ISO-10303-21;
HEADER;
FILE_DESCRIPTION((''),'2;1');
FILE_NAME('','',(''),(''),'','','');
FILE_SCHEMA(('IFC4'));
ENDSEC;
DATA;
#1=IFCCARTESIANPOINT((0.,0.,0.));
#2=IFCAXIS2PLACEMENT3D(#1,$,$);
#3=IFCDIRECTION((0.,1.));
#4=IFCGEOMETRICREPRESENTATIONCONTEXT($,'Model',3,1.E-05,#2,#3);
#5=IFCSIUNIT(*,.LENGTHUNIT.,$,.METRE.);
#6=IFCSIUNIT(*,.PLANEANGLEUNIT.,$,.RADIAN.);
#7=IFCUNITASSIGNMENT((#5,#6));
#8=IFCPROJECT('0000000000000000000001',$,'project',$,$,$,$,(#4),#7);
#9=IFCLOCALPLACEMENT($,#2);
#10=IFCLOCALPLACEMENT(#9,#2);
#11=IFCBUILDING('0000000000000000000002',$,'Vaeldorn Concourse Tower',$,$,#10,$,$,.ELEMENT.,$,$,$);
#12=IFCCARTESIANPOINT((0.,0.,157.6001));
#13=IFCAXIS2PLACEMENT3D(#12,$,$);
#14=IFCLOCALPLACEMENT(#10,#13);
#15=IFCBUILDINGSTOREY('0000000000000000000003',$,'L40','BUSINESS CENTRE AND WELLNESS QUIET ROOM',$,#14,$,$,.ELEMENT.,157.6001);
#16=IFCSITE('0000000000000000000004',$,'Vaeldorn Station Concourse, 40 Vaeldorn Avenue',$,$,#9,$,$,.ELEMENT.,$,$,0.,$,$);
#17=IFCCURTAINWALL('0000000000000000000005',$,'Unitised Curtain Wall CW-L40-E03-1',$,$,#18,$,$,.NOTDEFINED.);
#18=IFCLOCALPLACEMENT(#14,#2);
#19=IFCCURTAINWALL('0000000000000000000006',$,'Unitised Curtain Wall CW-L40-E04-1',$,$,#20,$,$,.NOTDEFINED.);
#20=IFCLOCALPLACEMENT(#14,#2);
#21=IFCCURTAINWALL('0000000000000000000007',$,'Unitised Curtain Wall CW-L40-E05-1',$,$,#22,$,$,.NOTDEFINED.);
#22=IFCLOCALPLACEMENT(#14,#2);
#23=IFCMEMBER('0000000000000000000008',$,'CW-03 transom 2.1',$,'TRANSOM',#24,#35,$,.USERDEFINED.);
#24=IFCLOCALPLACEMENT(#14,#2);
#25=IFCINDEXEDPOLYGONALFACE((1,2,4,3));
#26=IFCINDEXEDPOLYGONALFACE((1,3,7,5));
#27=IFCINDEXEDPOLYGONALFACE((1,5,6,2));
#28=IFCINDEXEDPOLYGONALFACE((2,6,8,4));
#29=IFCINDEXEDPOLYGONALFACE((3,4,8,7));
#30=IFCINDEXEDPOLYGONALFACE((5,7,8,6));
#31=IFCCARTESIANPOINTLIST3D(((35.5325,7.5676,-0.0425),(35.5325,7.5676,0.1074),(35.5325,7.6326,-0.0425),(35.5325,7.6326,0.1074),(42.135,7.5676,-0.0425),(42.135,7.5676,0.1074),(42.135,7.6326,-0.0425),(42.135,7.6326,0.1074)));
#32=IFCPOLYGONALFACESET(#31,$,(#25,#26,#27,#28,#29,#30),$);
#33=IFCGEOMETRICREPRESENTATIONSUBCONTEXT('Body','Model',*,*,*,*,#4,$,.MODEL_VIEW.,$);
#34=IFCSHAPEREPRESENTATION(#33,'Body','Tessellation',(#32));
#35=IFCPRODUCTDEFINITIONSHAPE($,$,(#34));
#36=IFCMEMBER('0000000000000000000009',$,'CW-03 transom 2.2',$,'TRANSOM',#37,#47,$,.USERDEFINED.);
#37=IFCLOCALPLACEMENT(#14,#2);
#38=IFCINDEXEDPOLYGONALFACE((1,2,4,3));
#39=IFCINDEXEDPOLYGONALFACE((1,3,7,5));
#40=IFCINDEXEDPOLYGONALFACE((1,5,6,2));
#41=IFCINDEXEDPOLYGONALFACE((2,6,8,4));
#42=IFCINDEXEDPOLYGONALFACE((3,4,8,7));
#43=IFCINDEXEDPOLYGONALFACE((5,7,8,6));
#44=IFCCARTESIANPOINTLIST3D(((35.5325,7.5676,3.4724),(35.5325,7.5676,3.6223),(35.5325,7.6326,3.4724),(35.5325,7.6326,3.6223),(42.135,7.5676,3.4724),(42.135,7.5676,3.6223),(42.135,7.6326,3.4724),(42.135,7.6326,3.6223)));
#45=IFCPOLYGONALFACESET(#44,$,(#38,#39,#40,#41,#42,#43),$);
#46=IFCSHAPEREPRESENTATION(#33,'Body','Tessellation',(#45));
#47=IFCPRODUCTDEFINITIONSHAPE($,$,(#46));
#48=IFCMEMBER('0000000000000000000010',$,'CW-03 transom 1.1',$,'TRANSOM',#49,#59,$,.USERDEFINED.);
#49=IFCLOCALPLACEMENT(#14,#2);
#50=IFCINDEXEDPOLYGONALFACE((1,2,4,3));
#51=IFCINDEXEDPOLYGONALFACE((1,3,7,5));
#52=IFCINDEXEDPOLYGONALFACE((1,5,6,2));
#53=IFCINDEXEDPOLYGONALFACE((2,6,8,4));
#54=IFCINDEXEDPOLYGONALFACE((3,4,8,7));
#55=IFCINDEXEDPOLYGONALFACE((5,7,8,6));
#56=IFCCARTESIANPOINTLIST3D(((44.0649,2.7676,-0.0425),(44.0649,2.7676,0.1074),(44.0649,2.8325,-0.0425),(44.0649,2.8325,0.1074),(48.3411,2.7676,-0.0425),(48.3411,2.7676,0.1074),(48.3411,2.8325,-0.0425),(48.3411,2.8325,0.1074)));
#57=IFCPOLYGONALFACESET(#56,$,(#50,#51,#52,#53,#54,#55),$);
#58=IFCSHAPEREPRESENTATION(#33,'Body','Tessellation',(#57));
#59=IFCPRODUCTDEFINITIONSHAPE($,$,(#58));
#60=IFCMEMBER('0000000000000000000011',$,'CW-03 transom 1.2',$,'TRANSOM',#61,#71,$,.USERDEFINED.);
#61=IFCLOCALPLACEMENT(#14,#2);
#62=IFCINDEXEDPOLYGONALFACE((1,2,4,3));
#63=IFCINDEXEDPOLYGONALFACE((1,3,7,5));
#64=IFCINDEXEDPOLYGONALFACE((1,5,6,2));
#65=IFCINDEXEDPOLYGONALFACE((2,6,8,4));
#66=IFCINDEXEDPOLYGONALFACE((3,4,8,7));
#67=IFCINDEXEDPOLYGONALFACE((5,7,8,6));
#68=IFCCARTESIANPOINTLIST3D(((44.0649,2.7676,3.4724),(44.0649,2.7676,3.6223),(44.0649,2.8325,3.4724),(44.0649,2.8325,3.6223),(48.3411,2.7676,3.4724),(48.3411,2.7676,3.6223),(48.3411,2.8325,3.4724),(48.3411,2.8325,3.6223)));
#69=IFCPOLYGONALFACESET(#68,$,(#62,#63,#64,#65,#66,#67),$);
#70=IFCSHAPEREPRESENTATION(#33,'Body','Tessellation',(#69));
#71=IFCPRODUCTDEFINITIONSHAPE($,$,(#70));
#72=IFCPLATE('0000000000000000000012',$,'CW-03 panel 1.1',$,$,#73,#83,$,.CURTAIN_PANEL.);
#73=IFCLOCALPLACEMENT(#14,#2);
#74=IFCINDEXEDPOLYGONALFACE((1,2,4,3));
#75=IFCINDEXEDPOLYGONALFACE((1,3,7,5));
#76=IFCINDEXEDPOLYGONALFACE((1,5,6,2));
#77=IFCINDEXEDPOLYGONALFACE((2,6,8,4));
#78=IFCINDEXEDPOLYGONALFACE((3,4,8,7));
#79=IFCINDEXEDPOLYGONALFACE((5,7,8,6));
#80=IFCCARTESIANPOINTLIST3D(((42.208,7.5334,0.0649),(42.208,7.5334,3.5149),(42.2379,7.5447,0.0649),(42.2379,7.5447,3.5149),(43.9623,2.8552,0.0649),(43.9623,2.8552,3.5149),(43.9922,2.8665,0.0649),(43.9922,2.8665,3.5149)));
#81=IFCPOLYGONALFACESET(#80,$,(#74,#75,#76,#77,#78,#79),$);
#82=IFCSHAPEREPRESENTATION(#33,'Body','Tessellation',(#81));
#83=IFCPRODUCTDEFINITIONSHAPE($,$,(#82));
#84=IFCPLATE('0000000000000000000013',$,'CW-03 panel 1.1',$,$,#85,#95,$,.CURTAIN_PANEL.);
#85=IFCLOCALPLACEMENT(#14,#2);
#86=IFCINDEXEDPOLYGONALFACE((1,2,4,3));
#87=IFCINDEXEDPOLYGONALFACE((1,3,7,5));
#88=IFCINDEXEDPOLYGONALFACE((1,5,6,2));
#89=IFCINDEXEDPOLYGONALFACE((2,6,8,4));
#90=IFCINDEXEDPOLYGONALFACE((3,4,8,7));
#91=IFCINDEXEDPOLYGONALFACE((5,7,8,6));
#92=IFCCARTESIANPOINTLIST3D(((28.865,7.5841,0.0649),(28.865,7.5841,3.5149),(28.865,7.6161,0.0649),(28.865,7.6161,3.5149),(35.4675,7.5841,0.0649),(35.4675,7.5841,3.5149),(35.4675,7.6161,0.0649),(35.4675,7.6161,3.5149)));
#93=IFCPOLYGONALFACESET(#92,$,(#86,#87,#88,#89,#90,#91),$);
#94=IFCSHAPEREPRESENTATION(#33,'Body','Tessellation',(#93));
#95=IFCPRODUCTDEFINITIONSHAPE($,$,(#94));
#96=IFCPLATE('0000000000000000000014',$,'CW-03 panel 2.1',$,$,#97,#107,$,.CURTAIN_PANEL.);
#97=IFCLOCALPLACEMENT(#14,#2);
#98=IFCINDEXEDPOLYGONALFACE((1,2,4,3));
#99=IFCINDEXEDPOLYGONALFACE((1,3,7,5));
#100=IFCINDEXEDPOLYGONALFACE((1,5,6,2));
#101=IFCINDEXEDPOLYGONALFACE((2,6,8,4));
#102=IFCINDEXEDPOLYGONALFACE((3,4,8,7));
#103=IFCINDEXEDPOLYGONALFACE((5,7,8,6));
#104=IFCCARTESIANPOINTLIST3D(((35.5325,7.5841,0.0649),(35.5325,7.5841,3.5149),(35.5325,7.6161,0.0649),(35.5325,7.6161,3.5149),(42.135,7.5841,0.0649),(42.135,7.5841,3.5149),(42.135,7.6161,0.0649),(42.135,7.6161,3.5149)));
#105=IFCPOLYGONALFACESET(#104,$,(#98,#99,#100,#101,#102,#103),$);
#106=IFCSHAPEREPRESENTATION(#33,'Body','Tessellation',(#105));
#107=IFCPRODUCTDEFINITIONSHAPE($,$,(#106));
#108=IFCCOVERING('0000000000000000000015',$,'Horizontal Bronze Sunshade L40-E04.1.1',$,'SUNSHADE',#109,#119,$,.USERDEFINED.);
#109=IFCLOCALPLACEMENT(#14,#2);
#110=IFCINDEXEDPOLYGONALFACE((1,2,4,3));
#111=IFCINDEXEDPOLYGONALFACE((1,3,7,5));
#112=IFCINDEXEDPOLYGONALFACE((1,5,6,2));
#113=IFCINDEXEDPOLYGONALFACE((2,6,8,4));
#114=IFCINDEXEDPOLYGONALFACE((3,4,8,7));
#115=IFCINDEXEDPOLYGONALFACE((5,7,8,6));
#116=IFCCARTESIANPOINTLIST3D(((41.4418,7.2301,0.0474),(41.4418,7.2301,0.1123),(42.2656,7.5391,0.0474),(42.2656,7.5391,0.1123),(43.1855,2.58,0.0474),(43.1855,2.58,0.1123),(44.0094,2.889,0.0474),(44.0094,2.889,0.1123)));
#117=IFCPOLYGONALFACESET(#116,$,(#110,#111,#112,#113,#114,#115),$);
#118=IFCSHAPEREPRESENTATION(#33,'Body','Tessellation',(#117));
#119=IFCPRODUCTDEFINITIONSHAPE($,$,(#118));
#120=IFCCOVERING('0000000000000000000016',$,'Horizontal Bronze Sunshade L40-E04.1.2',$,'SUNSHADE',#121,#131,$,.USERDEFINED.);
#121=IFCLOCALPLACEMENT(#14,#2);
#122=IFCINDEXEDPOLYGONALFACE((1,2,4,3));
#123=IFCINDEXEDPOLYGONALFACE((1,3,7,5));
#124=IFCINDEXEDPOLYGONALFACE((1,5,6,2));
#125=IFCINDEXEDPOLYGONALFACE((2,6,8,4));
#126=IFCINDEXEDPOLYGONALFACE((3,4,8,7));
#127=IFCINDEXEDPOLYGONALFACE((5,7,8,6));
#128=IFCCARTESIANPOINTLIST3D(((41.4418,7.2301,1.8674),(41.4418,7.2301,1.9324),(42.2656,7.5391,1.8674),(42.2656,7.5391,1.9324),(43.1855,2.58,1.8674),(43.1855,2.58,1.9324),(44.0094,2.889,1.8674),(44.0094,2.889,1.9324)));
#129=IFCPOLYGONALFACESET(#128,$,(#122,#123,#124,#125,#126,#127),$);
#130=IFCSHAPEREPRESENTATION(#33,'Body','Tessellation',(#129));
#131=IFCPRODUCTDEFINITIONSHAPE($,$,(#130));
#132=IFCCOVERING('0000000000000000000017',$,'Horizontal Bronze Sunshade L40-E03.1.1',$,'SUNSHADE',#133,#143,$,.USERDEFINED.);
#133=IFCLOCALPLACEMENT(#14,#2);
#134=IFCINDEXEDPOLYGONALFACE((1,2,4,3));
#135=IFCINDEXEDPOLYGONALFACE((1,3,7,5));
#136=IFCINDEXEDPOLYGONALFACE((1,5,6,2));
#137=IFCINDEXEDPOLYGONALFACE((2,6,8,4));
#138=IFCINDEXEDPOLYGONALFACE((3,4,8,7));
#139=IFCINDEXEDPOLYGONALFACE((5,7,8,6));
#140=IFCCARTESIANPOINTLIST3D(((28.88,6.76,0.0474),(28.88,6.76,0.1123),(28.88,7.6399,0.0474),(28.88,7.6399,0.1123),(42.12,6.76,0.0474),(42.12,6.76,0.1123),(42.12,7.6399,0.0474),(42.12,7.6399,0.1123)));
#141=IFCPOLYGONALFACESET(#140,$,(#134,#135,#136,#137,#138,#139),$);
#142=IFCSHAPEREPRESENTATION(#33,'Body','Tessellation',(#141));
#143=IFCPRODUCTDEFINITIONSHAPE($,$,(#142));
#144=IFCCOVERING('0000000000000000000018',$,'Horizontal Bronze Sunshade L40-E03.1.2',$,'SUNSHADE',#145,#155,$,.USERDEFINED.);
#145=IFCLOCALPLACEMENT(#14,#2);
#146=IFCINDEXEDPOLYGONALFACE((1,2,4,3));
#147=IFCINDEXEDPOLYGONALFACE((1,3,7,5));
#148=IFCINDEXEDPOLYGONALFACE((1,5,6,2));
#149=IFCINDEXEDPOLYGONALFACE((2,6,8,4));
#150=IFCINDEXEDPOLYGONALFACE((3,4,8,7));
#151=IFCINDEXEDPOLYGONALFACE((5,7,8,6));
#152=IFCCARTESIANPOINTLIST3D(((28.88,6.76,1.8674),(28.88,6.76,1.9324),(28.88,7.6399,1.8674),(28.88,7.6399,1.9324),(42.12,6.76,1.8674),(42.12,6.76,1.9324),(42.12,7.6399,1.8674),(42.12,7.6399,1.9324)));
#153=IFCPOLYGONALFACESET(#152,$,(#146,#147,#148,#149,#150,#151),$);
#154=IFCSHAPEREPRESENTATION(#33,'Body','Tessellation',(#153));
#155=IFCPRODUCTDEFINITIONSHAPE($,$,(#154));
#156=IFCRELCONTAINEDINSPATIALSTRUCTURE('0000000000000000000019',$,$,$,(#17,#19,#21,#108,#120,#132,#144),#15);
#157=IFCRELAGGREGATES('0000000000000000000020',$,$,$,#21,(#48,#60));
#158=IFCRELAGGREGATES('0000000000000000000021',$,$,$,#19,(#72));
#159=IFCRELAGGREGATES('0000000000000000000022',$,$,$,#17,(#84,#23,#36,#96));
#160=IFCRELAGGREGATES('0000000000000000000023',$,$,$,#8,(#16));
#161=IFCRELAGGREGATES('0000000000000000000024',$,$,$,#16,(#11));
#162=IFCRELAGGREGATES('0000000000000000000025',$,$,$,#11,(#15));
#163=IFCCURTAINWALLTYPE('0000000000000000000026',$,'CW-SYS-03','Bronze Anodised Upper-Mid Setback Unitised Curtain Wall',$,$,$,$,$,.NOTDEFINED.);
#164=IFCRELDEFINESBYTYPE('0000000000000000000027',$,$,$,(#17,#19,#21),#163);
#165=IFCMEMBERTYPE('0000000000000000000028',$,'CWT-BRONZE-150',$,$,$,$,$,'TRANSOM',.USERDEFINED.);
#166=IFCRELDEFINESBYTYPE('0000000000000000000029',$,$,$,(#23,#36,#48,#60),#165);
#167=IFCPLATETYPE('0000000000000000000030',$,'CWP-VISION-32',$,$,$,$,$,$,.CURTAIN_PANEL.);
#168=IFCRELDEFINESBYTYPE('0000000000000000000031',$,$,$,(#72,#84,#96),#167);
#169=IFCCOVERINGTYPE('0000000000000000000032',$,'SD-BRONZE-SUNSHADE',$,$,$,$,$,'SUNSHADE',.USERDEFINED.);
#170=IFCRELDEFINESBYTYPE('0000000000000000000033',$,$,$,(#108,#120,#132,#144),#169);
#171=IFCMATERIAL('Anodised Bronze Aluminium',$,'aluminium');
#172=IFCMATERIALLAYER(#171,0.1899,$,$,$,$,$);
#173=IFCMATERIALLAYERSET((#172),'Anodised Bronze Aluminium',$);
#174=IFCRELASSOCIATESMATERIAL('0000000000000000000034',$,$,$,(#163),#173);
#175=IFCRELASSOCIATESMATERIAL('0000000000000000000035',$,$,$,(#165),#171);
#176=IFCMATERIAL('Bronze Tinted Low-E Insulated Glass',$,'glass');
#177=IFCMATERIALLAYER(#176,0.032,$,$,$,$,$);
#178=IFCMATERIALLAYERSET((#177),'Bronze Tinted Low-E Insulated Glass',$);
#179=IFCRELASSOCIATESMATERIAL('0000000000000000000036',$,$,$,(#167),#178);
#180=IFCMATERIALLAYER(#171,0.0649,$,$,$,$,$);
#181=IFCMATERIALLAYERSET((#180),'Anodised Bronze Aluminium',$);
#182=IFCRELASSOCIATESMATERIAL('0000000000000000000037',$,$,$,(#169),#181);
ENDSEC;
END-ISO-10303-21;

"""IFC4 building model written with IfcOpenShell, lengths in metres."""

from ifc_helpers import new_model, si_unit, direction, frame, origin, origin_2d, place, context, subcontext, project, spatial, rectangle, extrude, source, transform, mapped, material, layer, layer_set, material_profile, profile_set, type_object, element, aggregate, save


model = new_model("IFC4")

# Units and contexts
model_context = context("Model", 3, precision=1e-05, world=origin(), true_north=direction((0.0, 1.0)))
body_context = subcontext(model_context, "Body", "Model", "MODEL_VIEW")
ifc_project = project(units=[si_unit("LENGTHUNIT", "METRE"), si_unit("PLANEANGLEUNIT", "RADIAN")], contexts=[model_context])

# Site, building, storey
site_placement = place(None, origin())
site = spatial("IfcSite", under=ifc_project, at=site_placement, Name="Vaeldorn Station Concourse, 40 Vaeldorn Avenue", CompositionType="ELEMENT", RefElevation=0.0)
building_placement = place(site_placement, origin())
building = spatial("IfcBuilding", under=site, at=building_placement, Name="Vaeldorn Concourse Tower", CompositionType="ELEMENT")
storey_placement = place(building_placement, frame((0.0, 0.0, 157.6001)))
storey = spatial("IfcBuildingStorey", under=building, at=storey_placement, Name="L40", Description="BUSINESS CENTRE AND WELLNESS QUIET ROOM", CompositionType="ELEMENT", Elevation=157.6001)

# Curtain walls
ifc_material_1 = material(Name="Anodised Bronze Aluminium", Category="aluminium")
ifc_layer_1 = layer(ifc_material_1, 0.1899)
ifc_layer_set_1 = layer_set([ifc_layer_1], Name="Anodised Bronze Aluminium")
curtain_wall_type = type_object("IfcCurtainWallType", Name="CW-SYS-03", Description="Bronze Anodised Upper-Mid Setback Unitised Curtain Wall", PredefinedType="NOTDEFINED", material=ifc_layer_set_1)
curtain_wall_1_placement = place(storey_placement, origin())
curtain_wall_1 = element("IfcCurtainWall", 1, at=curtain_wall_1_placement, inside=storey, type_object=curtain_wall_type, Name="Unitised Curtain Wall CW-L40-E03-1", PredefinedType="NOTDEFINED")
curtain_wall_2_placement = place(storey_placement, origin())
curtain_wall_2 = element("IfcCurtainWall", 2, at=curtain_wall_2_placement, inside=storey, type_object=curtain_wall_type, Name="Unitised Curtain Wall CW-L40-E04-1", PredefinedType="NOTDEFINED")

# Curtain wall
curtain_wall_3_placement = place(storey_placement, origin())
curtain_wall_3 = element("IfcCurtainWall", 3, at=curtain_wall_3_placement, inside=storey, type_object=curtain_wall_type, Name="Unitised Curtain Wall CW-L40-E05-1", PredefinedType="NOTDEFINED")

# Members
ifc_material_profile_1 = material_profile(ifc_material_1, rectangle(XDim=0.0649, YDim=0.1499, at=origin_2d()), Name="CWT 65x150")
ifc_profile_set_1 = profile_set([ifc_material_profile_1], Name="Anodised Bronze Aluminium")
member_type_1 = type_object("IfcMemberType", Name="CWT-BRONZE-150", ElementType="TRANSOM", PredefinedType="USERDEFINED", material=ifc_profile_set_1)
shared_shape_1 = source(origin(), body_context, "Body", "SweptSolid", [
    extrude(rectangle(XDim=0.0649, YDim=0.1499, at=origin_2d()), origin(), (0.0, 0.0, 1.0), 6.6025),
])
member_1_placement = place(storey_placement, frame((35.5325, 7.6001, 0.0325), z_axis=(1.0, 0.0, 0.0), x_axis=(0.0, 1.0, 0.0)))
member_1 = element("IfcMember", 4, at=member_1_placement, type_object=member_type_1, Name="CW-03 transom 2.1", ObjectType="TRANSOM", PredefinedType="USERDEFINED", context=body_context, shape_type="MappedRepresentation", body=[
    mapped(shared_shape_1, transform((0.0, 0.0, 0.0), scale=1.0)),
])
member_2_placement = place(storey_placement, frame((35.5325, 7.6001, 3.5474), z_axis=(1.0, 0.0, 0.0), x_axis=(0.0, 1.0, 0.0)))
member_2 = element("IfcMember", 5, at=member_2_placement, type_object=member_type_1, Name="CW-03 transom 2.2", ObjectType="TRANSOM", PredefinedType="USERDEFINED", context=body_context, shape_type="MappedRepresentation", body=[
    mapped(shared_shape_1, transform((0.0, 0.0, 0.0), scale=1.0)),
])
shared_shape_2 = source(origin(), body_context, "Body", "SweptSolid", [
    extrude(rectangle(XDim=0.0649, YDim=0.1499, at=origin_2d()), origin(), (0.0, 0.0, 1.0), 4.2761),
])
member_3_placement = place(storey_placement, frame((44.0649, 2.8, 0.0325), z_axis=(1.0, 0.0, 0.0), x_axis=(0.0, 1.0, 0.0)))
member_3 = element("IfcMember", 6, at=member_3_placement, type_object=member_type_1, Name="CW-03 transom 1.1", ObjectType="TRANSOM", PredefinedType="USERDEFINED", context=body_context, shape_type="MappedRepresentation", body=[
    mapped(shared_shape_2, transform((0.0, 0.0, 0.0), scale=1.0)),
])
member_4_placement = place(storey_placement, frame((44.0649, 2.8, 3.5474), z_axis=(1.0, 0.0, 0.0), x_axis=(0.0, 1.0, 0.0)))
member_4 = element("IfcMember", 7, at=member_4_placement, type_object=member_type_1, Name="CW-03 transom 1.2", ObjectType="TRANSOM", PredefinedType="USERDEFINED", context=body_context, shape_type="MappedRepresentation", body=[
    mapped(shared_shape_2, transform((0.0, 0.0, 0.0), scale=1.0)),
])
aggregate(curtain_wall_3, [member_3, member_4])

# Plates
ifc_material_2 = material(Name="Bronze Tinted Low-E Insulated Glass", Category="glass")
ifc_layer_2 = layer(ifc_material_2, 0.032)
ifc_layer_set_2 = layer_set([ifc_layer_2], Name="Bronze Tinted Low-E Insulated Glass")
plate_type = type_object("IfcPlateType", Name="CWP-VISION-32", PredefinedType="CURTAIN_PANEL", material=ifc_layer_set_2)
shared_shape_3 = source(origin(), body_context, "Body", "SweptSolid", [
    extrude(rectangle(XDim=4.9963, YDim=0.032, at=origin_2d()), origin(), (0.0, 0.0, 1.0), 3.45),
])
plate_1_placement = place(storey_placement, frame((43.1001, 5.2, 0.0649), z_axis=(0.0, 0.0, 1.0), x_axis=(0.351123, -0.936329, 0.0)))
plate_1 = element("IfcPlate", 8, at=plate_1_placement, type_object=plate_type, Name="CW-03 panel 1.1", PredefinedType="CURTAIN_PANEL", context=body_context, shape_type="MappedRepresentation", body=[
    mapped(shared_shape_3, transform((0.0, 0.0, 0.0), scale=1.0)),
])
aggregate(curtain_wall_2, [plate_1])
shared_shape_4 = source(origin(), body_context, "Body", "SweptSolid", [
    extrude(rectangle(XDim=6.6025, YDim=0.032, at=origin_2d()), origin(), (0.0, 0.0, 1.0), 3.45),
])
plate_2_placement = place(storey_placement, frame((32.1663, 7.6001, 0.0649), z_axis=(0.0, 0.0, 1.0), x_axis=(1.0, 0.0, 0.0)))
plate_2 = element("IfcPlate", 9, at=plate_2_placement, type_object=plate_type, Name="CW-03 panel 1.1", PredefinedType="CURTAIN_PANEL", context=body_context, shape_type="MappedRepresentation", body=[
    mapped(shared_shape_4, transform((0.0, 0.0, 0.0), scale=1.0)),
])
plate_3_placement = place(storey_placement, frame((38.8337, 7.6001, 0.0649), z_axis=(0.0, 0.0, 1.0), x_axis=(1.0, 0.0, 0.0)))
plate_3 = element("IfcPlate", 10, at=plate_3_placement, type_object=plate_type, Name="CW-03 panel 2.1", PredefinedType="CURTAIN_PANEL", context=body_context, shape_type="MappedRepresentation", body=[
    mapped(shared_shape_4, transform((0.0, 0.0, 0.0), scale=1.0)),
])
aggregate(curtain_wall_1, [plate_2, member_1, member_2, plate_3])

# Coverings
ifc_layer_3 = layer(ifc_material_1, 0.0649)
ifc_layer_set_3 = layer_set([ifc_layer_3], Name="Anodised Bronze Aluminium")
covering_type = type_object("IfcCoveringType", Name="SD-BRONZE-SUNSHADE", ElementType="SUNSHADE", PredefinedType="USERDEFINED", material=ifc_layer_set_3)
shared_shape_5 = source(origin(), body_context, "Body", "SweptSolid", [
    extrude(rectangle(XDim=4.9663, YDim=0.8799, at=origin_2d()), origin(), (0.0, 0.0, 1.0), 0.0649),
])
for number, where, z_axis, x_axis, name in (
    (11, (42.7256, 5.0596, 0.0474), (0.0, 0.0, 1.0), (0.351123, -0.936329, 0.0), "Horizontal Bronze Sunshade L40-E04.1.1"),
    (12, (42.7256, 5.0596, 1.8674), (0.0, 0.0, 1.0), (0.351123, -0.936329, 0.0), "Horizontal Bronze Sunshade L40-E04.1.2"),
):
    element("IfcCovering", number, at=place(storey_placement, frame(where, z_axis=z_axis, x_axis=x_axis)), inside=storey, type_object=covering_type, Name=name, ObjectType="SUNSHADE", PredefinedType="USERDEFINED", context=body_context, shape_type="MappedRepresentation", body=[
        mapped(shared_shape_5, transform((0.0, 0.0, 0.0), scale=1.0)),
    ])
shared_shape_6 = source(origin(), body_context, "Body", "SweptSolid", [
    extrude(rectangle(XDim=13.24, YDim=0.8799, at=origin_2d()), origin(), (0.0, 0.0, 1.0), 0.0649),
])
for number, where, z_axis, x_axis, name in (
    (13, (35.5, 7.2, 0.0474), (0.0, 0.0, 1.0), (1.0, 0.0, 0.0), "Horizontal Bronze Sunshade L40-E03.1.1"),
    (14, (35.5, 7.2, 1.8674), (0.0, 0.0, 1.0), (1.0, 0.0, 0.0), "Horizontal Bronze Sunshade L40-E03.1.2"),
):
    element("IfcCovering", number, at=place(storey_placement, frame(where, z_axis=z_axis, x_axis=x_axis)), inside=storey, type_object=covering_type, Name=name, ObjectType="SUNSHADE", PredefinedType="USERDEFINED", context=body_context, shape_type="MappedRepresentation", body=[
        mapped(shared_shape_6, transform((0.0, 0.0, 0.0), scale=1.0)),
    ])

save(model, "model.ifc")
